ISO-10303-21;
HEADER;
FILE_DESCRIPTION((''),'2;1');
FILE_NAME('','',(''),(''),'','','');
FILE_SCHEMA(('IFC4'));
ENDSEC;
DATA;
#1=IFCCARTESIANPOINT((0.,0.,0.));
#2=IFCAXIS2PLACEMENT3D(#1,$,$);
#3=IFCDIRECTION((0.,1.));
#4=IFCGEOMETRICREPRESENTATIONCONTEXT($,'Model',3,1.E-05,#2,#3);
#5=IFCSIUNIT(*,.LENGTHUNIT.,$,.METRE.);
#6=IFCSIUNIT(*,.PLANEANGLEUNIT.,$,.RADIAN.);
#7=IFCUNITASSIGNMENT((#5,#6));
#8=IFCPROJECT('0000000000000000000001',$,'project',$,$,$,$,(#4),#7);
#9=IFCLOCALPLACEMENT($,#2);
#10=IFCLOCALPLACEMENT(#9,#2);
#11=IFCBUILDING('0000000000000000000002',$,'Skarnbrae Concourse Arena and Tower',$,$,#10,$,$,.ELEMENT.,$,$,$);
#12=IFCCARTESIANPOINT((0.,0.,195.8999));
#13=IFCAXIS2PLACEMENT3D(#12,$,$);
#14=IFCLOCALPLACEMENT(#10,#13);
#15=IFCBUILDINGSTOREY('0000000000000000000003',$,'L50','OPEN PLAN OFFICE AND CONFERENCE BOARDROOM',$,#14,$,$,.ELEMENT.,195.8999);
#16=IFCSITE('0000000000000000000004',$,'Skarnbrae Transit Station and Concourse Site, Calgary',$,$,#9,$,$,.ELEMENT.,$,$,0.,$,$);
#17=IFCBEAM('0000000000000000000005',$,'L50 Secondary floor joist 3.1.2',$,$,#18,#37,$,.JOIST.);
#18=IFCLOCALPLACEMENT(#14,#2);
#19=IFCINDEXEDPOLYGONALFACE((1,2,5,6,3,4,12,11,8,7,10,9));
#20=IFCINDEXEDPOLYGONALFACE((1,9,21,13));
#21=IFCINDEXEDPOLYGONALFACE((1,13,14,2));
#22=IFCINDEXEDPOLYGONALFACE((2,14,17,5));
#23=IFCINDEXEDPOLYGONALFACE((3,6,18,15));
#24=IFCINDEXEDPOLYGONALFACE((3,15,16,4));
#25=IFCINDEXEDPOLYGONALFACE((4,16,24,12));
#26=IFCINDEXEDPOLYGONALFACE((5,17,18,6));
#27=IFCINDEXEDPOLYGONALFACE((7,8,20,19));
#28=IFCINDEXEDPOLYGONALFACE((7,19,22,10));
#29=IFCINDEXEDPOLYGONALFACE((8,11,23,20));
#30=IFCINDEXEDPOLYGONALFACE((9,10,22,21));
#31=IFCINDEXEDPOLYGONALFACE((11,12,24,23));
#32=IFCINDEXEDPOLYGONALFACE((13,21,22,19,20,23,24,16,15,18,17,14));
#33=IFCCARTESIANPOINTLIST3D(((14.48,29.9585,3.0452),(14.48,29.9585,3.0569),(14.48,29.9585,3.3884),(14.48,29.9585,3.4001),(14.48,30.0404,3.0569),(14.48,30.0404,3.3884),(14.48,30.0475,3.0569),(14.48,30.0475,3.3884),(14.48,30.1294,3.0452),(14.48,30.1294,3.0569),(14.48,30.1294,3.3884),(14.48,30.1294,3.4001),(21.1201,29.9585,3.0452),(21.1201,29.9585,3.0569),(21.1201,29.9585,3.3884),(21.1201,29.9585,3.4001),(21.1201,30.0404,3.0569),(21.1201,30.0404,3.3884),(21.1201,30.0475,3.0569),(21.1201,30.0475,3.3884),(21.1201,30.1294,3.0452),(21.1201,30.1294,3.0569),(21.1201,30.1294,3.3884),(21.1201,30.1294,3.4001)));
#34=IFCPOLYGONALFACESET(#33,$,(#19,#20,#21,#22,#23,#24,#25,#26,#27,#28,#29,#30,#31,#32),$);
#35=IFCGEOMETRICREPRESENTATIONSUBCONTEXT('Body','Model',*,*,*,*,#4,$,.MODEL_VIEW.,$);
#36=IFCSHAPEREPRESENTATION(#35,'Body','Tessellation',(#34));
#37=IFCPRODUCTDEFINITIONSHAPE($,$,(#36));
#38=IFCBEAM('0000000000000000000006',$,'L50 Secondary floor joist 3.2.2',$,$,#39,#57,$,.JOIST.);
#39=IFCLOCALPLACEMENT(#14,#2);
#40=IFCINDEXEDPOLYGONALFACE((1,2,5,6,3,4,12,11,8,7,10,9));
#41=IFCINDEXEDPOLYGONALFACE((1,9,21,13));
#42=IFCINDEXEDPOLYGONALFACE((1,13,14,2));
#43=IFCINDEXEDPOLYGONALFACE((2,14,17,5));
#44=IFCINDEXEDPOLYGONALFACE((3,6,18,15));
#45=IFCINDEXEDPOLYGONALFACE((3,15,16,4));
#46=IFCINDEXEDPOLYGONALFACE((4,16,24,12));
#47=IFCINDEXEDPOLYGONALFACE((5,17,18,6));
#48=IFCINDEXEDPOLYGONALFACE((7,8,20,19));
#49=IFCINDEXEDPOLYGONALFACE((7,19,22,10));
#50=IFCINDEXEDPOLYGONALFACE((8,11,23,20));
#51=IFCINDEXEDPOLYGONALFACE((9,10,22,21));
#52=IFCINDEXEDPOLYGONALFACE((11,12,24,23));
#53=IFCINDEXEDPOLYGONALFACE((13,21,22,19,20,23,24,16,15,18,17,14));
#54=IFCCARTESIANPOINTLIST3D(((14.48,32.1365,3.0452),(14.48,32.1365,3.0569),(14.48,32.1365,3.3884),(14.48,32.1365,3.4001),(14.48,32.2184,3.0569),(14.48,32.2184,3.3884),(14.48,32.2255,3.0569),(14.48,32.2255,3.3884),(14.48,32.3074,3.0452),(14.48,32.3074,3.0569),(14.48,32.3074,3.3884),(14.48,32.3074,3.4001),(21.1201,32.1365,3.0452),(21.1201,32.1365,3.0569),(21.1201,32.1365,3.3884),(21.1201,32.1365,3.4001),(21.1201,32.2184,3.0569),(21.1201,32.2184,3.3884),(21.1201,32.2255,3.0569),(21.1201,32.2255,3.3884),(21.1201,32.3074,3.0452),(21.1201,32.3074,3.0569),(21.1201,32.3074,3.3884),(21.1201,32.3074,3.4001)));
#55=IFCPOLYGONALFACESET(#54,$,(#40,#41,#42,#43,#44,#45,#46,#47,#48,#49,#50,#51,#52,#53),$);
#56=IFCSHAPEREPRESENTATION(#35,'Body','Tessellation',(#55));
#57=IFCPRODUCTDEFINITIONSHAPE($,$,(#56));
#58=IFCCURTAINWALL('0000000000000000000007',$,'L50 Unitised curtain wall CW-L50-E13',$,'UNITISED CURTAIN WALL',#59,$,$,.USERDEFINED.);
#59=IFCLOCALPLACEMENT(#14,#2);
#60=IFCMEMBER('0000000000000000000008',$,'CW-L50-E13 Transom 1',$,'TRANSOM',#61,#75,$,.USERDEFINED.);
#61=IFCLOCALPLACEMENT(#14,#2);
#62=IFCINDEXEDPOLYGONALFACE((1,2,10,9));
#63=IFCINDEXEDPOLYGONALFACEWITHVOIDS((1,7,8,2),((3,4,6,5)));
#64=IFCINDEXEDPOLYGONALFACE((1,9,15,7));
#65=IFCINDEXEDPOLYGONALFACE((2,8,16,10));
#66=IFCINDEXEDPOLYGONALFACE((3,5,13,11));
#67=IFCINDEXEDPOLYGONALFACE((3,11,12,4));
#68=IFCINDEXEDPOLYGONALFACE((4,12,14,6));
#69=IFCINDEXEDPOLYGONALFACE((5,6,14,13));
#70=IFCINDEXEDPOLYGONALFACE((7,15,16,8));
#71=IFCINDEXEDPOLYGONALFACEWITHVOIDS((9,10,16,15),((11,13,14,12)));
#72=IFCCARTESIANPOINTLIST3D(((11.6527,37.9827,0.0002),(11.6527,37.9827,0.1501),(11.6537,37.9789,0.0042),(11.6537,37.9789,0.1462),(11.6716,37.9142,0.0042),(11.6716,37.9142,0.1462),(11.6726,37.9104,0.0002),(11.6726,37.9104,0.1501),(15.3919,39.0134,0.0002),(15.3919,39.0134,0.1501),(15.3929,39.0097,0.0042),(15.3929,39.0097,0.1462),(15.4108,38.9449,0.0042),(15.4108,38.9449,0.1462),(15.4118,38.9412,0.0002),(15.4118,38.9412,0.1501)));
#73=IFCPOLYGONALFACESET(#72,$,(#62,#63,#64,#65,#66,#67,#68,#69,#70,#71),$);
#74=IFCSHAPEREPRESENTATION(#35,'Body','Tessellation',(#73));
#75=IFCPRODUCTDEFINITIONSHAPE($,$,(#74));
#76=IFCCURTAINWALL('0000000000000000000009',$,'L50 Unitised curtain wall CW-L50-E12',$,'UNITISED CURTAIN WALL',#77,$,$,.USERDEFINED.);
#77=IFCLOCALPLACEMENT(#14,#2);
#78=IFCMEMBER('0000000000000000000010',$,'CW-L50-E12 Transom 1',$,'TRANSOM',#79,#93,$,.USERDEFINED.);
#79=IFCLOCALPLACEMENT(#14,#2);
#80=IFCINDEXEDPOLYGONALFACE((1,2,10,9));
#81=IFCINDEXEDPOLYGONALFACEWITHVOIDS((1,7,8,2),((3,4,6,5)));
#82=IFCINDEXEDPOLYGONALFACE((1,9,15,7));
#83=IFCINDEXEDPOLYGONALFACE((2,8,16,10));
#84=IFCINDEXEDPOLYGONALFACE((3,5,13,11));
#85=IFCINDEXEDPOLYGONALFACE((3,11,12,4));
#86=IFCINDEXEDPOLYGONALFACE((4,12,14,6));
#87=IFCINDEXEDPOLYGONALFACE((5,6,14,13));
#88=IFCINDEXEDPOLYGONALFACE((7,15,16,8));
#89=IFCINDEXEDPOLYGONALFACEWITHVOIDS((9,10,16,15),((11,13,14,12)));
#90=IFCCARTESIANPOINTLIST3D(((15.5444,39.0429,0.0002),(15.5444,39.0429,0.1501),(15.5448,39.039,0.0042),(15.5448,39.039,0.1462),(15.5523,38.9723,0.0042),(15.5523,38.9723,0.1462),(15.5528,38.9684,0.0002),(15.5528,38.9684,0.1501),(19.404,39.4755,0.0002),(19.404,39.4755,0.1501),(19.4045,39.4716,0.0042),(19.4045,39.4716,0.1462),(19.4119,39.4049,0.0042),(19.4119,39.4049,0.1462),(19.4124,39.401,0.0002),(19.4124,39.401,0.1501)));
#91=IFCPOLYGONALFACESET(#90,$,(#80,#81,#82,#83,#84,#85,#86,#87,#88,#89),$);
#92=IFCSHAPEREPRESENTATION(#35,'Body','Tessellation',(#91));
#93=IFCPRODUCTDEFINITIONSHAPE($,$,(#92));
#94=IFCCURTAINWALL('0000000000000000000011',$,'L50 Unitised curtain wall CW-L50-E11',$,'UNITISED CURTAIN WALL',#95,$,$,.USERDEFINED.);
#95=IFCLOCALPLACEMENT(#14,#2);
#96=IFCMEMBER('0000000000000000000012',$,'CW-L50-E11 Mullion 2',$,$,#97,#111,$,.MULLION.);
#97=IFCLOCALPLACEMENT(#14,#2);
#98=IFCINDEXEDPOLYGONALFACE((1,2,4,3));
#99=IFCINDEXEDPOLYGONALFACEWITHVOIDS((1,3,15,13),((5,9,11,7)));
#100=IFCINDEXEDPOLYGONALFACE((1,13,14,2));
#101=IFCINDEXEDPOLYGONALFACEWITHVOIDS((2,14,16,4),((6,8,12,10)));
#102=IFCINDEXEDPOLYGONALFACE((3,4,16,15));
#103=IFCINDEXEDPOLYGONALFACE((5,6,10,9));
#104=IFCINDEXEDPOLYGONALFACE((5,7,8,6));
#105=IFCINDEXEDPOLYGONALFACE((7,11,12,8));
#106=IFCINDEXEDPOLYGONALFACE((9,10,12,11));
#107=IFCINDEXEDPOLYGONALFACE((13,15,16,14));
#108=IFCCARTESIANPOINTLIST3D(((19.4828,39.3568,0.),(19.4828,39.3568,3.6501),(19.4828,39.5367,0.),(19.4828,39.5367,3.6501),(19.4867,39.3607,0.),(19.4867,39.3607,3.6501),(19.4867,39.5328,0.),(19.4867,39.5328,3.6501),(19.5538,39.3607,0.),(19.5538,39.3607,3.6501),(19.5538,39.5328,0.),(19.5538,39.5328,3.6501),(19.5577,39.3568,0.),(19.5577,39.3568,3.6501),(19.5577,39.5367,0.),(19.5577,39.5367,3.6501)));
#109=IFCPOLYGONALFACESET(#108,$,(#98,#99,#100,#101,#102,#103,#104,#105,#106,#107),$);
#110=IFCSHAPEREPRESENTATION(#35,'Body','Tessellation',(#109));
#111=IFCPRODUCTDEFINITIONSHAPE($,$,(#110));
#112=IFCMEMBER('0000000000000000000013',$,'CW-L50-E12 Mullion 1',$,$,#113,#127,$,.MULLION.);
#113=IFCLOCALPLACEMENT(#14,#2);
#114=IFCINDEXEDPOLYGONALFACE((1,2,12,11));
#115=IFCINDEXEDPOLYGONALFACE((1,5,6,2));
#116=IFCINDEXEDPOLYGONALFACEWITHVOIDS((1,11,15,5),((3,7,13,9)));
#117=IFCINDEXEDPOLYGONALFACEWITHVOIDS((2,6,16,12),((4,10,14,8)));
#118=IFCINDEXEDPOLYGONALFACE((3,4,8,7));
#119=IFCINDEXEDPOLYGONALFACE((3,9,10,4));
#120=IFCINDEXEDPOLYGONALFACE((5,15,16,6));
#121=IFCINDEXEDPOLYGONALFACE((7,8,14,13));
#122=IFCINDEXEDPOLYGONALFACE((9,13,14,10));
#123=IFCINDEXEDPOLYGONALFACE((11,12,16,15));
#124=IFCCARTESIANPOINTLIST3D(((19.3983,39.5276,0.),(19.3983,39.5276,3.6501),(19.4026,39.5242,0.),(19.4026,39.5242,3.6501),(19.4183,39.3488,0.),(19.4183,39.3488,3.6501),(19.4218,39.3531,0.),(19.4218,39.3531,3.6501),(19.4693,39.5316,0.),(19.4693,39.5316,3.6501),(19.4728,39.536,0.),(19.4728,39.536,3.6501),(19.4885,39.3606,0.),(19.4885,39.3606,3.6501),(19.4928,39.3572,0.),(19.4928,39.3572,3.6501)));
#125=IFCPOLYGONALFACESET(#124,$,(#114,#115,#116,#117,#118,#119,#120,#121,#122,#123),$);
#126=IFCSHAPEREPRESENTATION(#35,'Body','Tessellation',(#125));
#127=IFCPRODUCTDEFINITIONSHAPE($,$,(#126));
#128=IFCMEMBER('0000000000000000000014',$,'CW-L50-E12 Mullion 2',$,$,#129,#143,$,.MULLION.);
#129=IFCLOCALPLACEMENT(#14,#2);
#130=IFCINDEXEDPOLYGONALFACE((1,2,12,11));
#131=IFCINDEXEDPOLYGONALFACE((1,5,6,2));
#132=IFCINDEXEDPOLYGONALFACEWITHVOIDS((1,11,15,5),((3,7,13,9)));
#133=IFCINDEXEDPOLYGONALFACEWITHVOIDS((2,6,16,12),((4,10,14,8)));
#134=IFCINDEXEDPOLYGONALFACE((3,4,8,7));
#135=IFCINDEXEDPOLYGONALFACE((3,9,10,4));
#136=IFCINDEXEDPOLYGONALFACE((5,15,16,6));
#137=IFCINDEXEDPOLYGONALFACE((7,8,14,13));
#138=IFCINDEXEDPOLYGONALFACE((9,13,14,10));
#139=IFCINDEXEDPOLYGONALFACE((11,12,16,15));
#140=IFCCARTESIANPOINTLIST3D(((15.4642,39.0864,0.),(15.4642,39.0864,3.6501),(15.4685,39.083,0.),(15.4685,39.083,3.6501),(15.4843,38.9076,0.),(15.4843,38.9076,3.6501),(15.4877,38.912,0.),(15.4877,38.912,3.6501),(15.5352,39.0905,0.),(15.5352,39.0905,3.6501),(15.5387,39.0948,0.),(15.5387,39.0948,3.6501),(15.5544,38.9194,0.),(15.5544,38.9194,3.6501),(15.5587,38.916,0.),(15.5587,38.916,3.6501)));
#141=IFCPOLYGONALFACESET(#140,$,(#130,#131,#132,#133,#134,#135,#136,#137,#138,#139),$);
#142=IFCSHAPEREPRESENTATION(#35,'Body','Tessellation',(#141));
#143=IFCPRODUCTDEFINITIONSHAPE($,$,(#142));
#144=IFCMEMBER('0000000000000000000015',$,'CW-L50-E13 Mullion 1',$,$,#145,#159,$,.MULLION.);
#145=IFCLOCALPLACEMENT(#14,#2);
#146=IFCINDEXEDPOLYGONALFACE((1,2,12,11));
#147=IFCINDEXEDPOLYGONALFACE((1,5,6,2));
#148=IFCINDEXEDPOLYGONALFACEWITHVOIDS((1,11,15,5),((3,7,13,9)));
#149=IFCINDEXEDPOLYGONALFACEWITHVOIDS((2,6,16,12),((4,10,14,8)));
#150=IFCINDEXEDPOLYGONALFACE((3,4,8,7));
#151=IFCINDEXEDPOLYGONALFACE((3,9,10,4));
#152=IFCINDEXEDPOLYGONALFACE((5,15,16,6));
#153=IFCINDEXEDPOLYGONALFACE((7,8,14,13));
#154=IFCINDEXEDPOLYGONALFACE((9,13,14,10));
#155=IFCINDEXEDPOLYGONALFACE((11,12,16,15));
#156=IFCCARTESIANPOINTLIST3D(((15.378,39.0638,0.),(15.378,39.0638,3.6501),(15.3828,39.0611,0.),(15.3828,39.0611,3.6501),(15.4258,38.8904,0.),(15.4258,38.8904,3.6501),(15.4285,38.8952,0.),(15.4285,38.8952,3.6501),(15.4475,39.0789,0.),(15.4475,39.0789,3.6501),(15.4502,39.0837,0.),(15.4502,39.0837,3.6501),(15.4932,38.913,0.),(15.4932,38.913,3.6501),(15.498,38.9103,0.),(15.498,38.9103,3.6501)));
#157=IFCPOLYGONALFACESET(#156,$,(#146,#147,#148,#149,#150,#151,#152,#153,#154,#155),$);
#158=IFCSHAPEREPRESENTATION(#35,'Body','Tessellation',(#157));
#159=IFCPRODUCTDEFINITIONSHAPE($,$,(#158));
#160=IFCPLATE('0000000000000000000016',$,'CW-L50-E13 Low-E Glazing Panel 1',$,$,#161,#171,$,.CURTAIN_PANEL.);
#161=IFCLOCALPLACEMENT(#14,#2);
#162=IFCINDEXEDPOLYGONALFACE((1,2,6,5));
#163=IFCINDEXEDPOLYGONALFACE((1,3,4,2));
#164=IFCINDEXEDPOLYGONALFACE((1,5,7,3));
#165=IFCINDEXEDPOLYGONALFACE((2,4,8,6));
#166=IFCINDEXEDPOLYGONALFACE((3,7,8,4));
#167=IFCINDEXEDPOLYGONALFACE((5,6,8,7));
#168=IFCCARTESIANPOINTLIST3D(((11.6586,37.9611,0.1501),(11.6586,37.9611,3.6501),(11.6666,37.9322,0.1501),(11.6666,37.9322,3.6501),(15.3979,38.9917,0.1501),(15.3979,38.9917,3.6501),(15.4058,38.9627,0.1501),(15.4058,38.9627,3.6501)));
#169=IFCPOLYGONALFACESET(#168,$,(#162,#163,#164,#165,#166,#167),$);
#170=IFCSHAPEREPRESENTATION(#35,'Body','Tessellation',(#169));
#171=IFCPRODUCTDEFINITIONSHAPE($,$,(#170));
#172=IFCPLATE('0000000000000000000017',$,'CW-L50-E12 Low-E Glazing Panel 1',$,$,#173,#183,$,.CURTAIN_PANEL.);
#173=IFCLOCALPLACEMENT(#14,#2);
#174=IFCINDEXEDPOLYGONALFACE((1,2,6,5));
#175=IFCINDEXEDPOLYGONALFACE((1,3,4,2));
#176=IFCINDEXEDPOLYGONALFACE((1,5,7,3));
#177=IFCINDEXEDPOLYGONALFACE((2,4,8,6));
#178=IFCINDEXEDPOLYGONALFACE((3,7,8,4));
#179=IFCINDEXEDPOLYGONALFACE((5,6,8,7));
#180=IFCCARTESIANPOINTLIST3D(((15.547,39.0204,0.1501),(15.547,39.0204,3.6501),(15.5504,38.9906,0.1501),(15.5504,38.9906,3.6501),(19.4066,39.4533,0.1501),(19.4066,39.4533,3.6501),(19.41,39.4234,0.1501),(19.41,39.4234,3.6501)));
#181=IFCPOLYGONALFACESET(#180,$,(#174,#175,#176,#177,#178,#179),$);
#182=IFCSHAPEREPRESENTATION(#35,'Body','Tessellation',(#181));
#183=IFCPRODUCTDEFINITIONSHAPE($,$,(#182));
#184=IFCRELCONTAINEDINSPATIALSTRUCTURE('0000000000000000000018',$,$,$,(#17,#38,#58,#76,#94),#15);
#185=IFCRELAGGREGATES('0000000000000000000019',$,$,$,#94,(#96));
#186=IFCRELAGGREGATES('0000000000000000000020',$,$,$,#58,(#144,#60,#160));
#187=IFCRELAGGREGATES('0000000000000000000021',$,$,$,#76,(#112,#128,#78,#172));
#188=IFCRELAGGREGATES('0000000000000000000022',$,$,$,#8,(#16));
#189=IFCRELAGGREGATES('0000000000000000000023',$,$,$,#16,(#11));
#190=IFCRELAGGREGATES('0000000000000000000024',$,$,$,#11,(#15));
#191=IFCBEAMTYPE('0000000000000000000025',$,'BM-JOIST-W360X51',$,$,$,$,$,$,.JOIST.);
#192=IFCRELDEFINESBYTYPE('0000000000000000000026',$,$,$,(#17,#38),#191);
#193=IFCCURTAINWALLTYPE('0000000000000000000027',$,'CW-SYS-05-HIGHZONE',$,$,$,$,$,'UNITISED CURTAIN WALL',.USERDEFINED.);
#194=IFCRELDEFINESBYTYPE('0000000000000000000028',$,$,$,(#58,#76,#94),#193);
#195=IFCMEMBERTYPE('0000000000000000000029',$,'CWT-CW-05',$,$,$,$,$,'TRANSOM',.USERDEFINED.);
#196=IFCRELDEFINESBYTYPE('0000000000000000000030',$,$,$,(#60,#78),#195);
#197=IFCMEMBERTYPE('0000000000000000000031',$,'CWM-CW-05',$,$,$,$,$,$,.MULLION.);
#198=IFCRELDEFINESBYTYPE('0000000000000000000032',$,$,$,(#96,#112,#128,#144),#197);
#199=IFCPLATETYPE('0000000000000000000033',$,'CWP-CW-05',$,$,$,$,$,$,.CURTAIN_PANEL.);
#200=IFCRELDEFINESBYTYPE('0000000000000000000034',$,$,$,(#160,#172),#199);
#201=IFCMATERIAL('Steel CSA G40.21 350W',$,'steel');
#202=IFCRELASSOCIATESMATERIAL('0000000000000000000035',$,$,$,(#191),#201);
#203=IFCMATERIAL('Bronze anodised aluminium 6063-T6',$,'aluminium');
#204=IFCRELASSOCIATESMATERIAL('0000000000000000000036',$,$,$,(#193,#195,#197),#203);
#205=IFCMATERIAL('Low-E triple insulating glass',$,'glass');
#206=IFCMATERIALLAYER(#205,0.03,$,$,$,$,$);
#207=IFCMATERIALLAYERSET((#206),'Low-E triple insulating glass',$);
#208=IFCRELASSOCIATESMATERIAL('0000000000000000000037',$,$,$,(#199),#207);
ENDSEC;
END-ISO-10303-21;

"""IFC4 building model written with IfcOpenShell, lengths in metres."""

from ifc_helpers import new_model, si_unit, direction, frame, origin, origin_2d, place, context, subcontext, project, spatial, rectangle, hollow_rectangle, i_section, extrude, source, transform, mapped, material, layer, layer_set, material_profile, profile_set, type_object, element, aggregate, save


model = new_model("IFC4")

# Units and contexts
model_context = context("Model", 3, precision=1e-05, world=origin(), true_north=direction((0.0, 1.0)))
body_context = subcontext(model_context, "Body", "Model", "MODEL_VIEW")
ifc_project = project(units=[si_unit("LENGTHUNIT", "METRE"), si_unit("PLANEANGLEUNIT", "RADIAN")], contexts=[model_context])

# Site, building, storey
site_placement = place(None, origin())
site = spatial("IfcSite", under=ifc_project, at=site_placement, Name="Skarnbrae Transit Station and Concourse Site, Calgary", CompositionType="ELEMENT", RefElevation=0.0)
building_placement = place(site_placement, origin())
building = spatial("IfcBuilding", under=site, at=building_placement, Name="Skarnbrae Concourse Arena and Tower", CompositionType="ELEMENT")
storey_placement = place(building_placement, frame((0.0, 0.0, 195.8999)))
storey = spatial("IfcBuildingStorey", under=building, at=storey_placement, Name="L50", Description="OPEN PLAN OFFICE AND CONFERENCE BOARDROOM", CompositionType="ELEMENT", Elevation=195.8999)

# Shared definitions
ifc_material_1 = material(Name="Steel CSA G40.21 350W", Category="steel")

# Beams
ifc_material_profile_1 = material_profile(ifc_material_1, i_section(OverallWidth=0.1709, OverallDepth=0.355, WebThickness=0.0071, FlangeThickness=0.0117, at=origin_2d()), Name="W360X51")
ifc_profile_set_1 = profile_set([ifc_material_profile_1], Name="Steel CSA G40.21 350W")
beam_type_1 = type_object("IfcBeamType", Name="BM-JOIST-W360X51", PredefinedType="JOIST", material=ifc_profile_set_1)
shared_shape_1 = source(origin(), body_context, "Body", "SweptSolid", [
    extrude(i_section(OverallWidth=0.1709, OverallDepth=0.355, WebThickness=0.0071, FlangeThickness=0.0117, at=origin_2d()), origin(), (0.0, 0.0, 1.0), 6.6401),
])
for number, where, z_axis, x_axis, name in (
    (1, (14.48, 30.0439, 3.2227), (1.0, 0.0, 0.0), (0.0, 1.0, 0.0), "L50 Secondary floor joist 3.1.2"),
    (2, (14.48, 32.2219, 3.2227), (1.0, 0.0, 0.0), (0.0, 1.0, 0.0), "L50 Secondary floor joist 3.2.2"),
):
    element("IfcBeam", number, at=place(storey_placement, frame(where, z_axis=z_axis, x_axis=x_axis)), inside=storey, type_object=beam_type_1, Name=name, PredefinedType="JOIST", context=body_context, shape_type="MappedRepresentation", body=[
        mapped(shared_shape_1, transform((0.0, 0.0, 0.0))),
    ])

# Curtain walls, members
ifc_material_2 = material(Name="Bronze anodised aluminium 6063-T6", Category="aluminium")
curtain_wall_type = type_object("IfcCurtainWallType", Name="CW-SYS-05-HIGHZONE", ElementType="UNITISED CURTAIN WALL", PredefinedType="USERDEFINED", material=ifc_material_2)
curtain_wall_1_placement = place(storey_placement, origin())
curtain_wall_1 = element("IfcCurtainWall", 3, at=curtain_wall_1_placement, inside=storey, type_object=curtain_wall_type, Name="L50 Unitised curtain wall CW-L50-E13", ObjectType="UNITISED CURTAIN WALL", PredefinedType="USERDEFINED")
ifc_material_profile_2 = material_profile(ifc_material_2, hollow_rectangle(XDim=0.075, YDim=0.1499, WallThickness=0.0039, at=origin_2d()), Name="ALU-TRAN-75X150")
ifc_profile_set_2 = profile_set([ifc_material_profile_2], Name="Bronze anodised aluminium 6063-T6")
member_type_1 = type_object("IfcMemberType", Name="CWT-CW-05", ElementType="TRANSOM", PredefinedType="USERDEFINED", material=ifc_profile_set_2)
shared_shape_2 = source(origin(), body_context, "Body", "SweptSolid", [
    extrude(hollow_rectangle(XDim=0.075, YDim=0.1499, WallThickness=0.0039, at=origin_2d()), origin(), (0.0, 0.0, 1.0), 3.8787),
])
member_1_placement = place(storey_placement, frame((15.4019, 38.9773, 0.0752), z_axis=(-0.964043, -0.265747, 0.0), x_axis=(0.265747, -0.964043, 0.0)))
member_1 = element("IfcMember", 4, at=member_1_placement, type_object=member_type_1, Name="CW-L50-E13 Transom 1", ObjectType="TRANSOM", PredefinedType="USERDEFINED", context=body_context, shape_type="MappedRepresentation", body=[
    mapped(shared_shape_2, transform((0.0, 0.0, 0.0))),
])
curtain_wall_2_placement = place(storey_placement, origin())
curtain_wall_2 = element("IfcCurtainWall", 5, at=curtain_wall_2_placement, inside=storey, type_object=curtain_wall_type, Name="L50 Unitised curtain wall CW-L50-E12", ObjectType="UNITISED CURTAIN WALL", PredefinedType="USERDEFINED")
shared_shape_3 = source(origin(), body_context, "Body", "SweptSolid", [
    extrude(hollow_rectangle(XDim=0.075, YDim=0.1499, WallThickness=0.0039, at=origin_2d()), origin(), (0.0, 0.0, 1.0), 3.8838),
])
member_2_placement = place(storey_placement, frame((19.4082, 39.4382, 0.0752), z_axis=(-0.993777, -0.11139, 0.0), x_axis=(0.11139, -0.993777, 0.0)))
member_2 = element("IfcMember", 6, at=member_2_placement, type_object=member_type_1, Name="CW-L50-E12 Transom 1", ObjectType="TRANSOM", PredefinedType="USERDEFINED", context=body_context, shape_type="MappedRepresentation", body=[
    mapped(shared_shape_3, transform((0.0, 0.0, 0.0))),
])
curtain_wall_3_placement = place(storey_placement, origin())
curtain_wall_3 = element("IfcCurtainWall", 7, at=curtain_wall_3_placement, inside=storey, type_object=curtain_wall_type, Name="L50 Unitised curtain wall CW-L50-E11", ObjectType="UNITISED CURTAIN WALL", PredefinedType="USERDEFINED")
ifc_material_profile_3 = material_profile(ifc_material_2, hollow_rectangle(XDim=0.075, YDim=0.1799, WallThickness=0.0039, at=origin_2d()), Name="ALU-MULL-75X180")
ifc_profile_set_3 = profile_set([ifc_material_profile_3], Name="Bronze anodised aluminium 6063-T6")
member_type_2 = type_object("IfcMemberType", Name="CWM-CW-05", PredefinedType="MULLION", material=ifc_profile_set_3)
shared_shape_4 = source(origin(), body_context, "Body", "SweptSolid", [
    extrude(hollow_rectangle(XDim=0.075, YDim=0.1799, WallThickness=0.0039, at=origin_2d()), origin(), (0.0, 0.0, 1.0), 3.6501),
])
member_3_placement = place(storey_placement, frame((19.5203, 39.4468, 0.0), z_axis=(0.0, 0.0, 1.0), x_axis=(-1.0, 0.0, 0.0)))
member_3 = element("IfcMember", 8, at=member_3_placement, type_object=member_type_2, Name="CW-L50-E11 Mullion 2", PredefinedType="MULLION", context=body_context, shape_type="MappedRepresentation", body=[
    mapped(shared_shape_4, transform((0.0, 0.0, 0.0))),
])
aggregate(curtain_wall_3, [member_3])

# Members
member_4_placement = place(storey_placement, frame((19.4456, 39.4424, 0.0), z_axis=(0.0, 0.0, 1.0), x_axis=(-0.993769, -0.11146, 0.0)))
member_4 = element("IfcMember", 9, at=member_4_placement, type_object=member_type_2, Name="CW-L50-E12 Mullion 1", PredefinedType="MULLION", context=body_context, shape_type="MappedRepresentation", body=[
    mapped(shared_shape_4, transform((0.0, 0.0, 0.0))),
])
member_5_placement = place(storey_placement, frame((15.5115, 39.0012, 0.0), z_axis=(0.0, 0.0, 1.0), x_axis=(-0.993769, -0.11146, 0.0)))
member_5 = element("IfcMember", 10, at=member_5_placement, type_object=member_type_2, Name="CW-L50-E12 Mullion 2", PredefinedType="MULLION", context=body_context, shape_type="MappedRepresentation", body=[
    mapped(shared_shape_4, transform((0.0, 0.0, 0.0))),
])
member_6_placement = place(storey_placement, frame((15.438, 38.9871, 0.0), z_axis=(0.0, 0.0, 1.0), x_axis=(-0.964057, -0.265694, 0.0)))
member_6 = element("IfcMember", 11, at=member_6_placement, type_object=member_type_2, Name="CW-L50-E13 Mullion 1", PredefinedType="MULLION", context=body_context, shape_type="MappedRepresentation", body=[
    mapped(shared_shape_4, transform((0.0, 0.0, 0.0))),
])

# Plates
ifc_material_3 = material(Name="Low-E triple insulating glass", Category="glass")
ifc_layer_1 = layer(ifc_material_3, 0.03)
ifc_layer_set_1 = layer_set([ifc_layer_1], Name="Low-E triple insulating glass")
plate_type = type_object("IfcPlateType", Name="CWP-CW-05", PredefinedType="CURTAIN_PANEL", material=ifc_layer_set_1)
shared_shape_5 = source(origin(), body_context, "Body", "SweptSolid", [
    extrude(rectangle(XDim=3.8787, YDim=0.03, at=origin_2d()), origin(), (0.0, 0.0, 1.0), 3.5),
])
plate_1_placement = place(storey_placement, frame((13.5322, 38.4619, 0.1501), z_axis=(0.0, 0.0, 1.0), x_axis=(-0.964057, -0.265694, 0.0)))
plate_1 = element("IfcPlate", 12, at=plate_1_placement, type_object=plate_type, Name="CW-L50-E13 Low-E Glazing Panel 1", PredefinedType="CURTAIN_PANEL", context=body_context, shape_type="MappedRepresentation", body=[
    mapped(shared_shape_5, transform((0.0, 0.0, 0.0))),
])
aggregate(curtain_wall_1, [member_6, member_1, plate_1])
shared_shape_6 = source(origin(), body_context, "Body", "SweptSolid", [
    extrude(rectangle(XDim=3.8838, YDim=0.03, at=origin_2d()), origin(), (0.0, 0.0, 1.0), 3.5),
])
plate_2_placement = place(storey_placement, frame((17.4785, 39.2219, 0.1501), z_axis=(0.0, 0.0, 1.0), x_axis=(-0.993769, -0.11146, 0.0)))
plate_2 = element("IfcPlate", 13, at=plate_2_placement, type_object=plate_type, Name="CW-L50-E12 Low-E Glazing Panel 1", PredefinedType="CURTAIN_PANEL", context=body_context, shape_type="MappedRepresentation", body=[
    mapped(shared_shape_6, transform((0.0, 0.0, 0.0))),
])
aggregate(curtain_wall_2, [member_4, member_5, member_2, plate_2])

save(model, "model.ifc")
